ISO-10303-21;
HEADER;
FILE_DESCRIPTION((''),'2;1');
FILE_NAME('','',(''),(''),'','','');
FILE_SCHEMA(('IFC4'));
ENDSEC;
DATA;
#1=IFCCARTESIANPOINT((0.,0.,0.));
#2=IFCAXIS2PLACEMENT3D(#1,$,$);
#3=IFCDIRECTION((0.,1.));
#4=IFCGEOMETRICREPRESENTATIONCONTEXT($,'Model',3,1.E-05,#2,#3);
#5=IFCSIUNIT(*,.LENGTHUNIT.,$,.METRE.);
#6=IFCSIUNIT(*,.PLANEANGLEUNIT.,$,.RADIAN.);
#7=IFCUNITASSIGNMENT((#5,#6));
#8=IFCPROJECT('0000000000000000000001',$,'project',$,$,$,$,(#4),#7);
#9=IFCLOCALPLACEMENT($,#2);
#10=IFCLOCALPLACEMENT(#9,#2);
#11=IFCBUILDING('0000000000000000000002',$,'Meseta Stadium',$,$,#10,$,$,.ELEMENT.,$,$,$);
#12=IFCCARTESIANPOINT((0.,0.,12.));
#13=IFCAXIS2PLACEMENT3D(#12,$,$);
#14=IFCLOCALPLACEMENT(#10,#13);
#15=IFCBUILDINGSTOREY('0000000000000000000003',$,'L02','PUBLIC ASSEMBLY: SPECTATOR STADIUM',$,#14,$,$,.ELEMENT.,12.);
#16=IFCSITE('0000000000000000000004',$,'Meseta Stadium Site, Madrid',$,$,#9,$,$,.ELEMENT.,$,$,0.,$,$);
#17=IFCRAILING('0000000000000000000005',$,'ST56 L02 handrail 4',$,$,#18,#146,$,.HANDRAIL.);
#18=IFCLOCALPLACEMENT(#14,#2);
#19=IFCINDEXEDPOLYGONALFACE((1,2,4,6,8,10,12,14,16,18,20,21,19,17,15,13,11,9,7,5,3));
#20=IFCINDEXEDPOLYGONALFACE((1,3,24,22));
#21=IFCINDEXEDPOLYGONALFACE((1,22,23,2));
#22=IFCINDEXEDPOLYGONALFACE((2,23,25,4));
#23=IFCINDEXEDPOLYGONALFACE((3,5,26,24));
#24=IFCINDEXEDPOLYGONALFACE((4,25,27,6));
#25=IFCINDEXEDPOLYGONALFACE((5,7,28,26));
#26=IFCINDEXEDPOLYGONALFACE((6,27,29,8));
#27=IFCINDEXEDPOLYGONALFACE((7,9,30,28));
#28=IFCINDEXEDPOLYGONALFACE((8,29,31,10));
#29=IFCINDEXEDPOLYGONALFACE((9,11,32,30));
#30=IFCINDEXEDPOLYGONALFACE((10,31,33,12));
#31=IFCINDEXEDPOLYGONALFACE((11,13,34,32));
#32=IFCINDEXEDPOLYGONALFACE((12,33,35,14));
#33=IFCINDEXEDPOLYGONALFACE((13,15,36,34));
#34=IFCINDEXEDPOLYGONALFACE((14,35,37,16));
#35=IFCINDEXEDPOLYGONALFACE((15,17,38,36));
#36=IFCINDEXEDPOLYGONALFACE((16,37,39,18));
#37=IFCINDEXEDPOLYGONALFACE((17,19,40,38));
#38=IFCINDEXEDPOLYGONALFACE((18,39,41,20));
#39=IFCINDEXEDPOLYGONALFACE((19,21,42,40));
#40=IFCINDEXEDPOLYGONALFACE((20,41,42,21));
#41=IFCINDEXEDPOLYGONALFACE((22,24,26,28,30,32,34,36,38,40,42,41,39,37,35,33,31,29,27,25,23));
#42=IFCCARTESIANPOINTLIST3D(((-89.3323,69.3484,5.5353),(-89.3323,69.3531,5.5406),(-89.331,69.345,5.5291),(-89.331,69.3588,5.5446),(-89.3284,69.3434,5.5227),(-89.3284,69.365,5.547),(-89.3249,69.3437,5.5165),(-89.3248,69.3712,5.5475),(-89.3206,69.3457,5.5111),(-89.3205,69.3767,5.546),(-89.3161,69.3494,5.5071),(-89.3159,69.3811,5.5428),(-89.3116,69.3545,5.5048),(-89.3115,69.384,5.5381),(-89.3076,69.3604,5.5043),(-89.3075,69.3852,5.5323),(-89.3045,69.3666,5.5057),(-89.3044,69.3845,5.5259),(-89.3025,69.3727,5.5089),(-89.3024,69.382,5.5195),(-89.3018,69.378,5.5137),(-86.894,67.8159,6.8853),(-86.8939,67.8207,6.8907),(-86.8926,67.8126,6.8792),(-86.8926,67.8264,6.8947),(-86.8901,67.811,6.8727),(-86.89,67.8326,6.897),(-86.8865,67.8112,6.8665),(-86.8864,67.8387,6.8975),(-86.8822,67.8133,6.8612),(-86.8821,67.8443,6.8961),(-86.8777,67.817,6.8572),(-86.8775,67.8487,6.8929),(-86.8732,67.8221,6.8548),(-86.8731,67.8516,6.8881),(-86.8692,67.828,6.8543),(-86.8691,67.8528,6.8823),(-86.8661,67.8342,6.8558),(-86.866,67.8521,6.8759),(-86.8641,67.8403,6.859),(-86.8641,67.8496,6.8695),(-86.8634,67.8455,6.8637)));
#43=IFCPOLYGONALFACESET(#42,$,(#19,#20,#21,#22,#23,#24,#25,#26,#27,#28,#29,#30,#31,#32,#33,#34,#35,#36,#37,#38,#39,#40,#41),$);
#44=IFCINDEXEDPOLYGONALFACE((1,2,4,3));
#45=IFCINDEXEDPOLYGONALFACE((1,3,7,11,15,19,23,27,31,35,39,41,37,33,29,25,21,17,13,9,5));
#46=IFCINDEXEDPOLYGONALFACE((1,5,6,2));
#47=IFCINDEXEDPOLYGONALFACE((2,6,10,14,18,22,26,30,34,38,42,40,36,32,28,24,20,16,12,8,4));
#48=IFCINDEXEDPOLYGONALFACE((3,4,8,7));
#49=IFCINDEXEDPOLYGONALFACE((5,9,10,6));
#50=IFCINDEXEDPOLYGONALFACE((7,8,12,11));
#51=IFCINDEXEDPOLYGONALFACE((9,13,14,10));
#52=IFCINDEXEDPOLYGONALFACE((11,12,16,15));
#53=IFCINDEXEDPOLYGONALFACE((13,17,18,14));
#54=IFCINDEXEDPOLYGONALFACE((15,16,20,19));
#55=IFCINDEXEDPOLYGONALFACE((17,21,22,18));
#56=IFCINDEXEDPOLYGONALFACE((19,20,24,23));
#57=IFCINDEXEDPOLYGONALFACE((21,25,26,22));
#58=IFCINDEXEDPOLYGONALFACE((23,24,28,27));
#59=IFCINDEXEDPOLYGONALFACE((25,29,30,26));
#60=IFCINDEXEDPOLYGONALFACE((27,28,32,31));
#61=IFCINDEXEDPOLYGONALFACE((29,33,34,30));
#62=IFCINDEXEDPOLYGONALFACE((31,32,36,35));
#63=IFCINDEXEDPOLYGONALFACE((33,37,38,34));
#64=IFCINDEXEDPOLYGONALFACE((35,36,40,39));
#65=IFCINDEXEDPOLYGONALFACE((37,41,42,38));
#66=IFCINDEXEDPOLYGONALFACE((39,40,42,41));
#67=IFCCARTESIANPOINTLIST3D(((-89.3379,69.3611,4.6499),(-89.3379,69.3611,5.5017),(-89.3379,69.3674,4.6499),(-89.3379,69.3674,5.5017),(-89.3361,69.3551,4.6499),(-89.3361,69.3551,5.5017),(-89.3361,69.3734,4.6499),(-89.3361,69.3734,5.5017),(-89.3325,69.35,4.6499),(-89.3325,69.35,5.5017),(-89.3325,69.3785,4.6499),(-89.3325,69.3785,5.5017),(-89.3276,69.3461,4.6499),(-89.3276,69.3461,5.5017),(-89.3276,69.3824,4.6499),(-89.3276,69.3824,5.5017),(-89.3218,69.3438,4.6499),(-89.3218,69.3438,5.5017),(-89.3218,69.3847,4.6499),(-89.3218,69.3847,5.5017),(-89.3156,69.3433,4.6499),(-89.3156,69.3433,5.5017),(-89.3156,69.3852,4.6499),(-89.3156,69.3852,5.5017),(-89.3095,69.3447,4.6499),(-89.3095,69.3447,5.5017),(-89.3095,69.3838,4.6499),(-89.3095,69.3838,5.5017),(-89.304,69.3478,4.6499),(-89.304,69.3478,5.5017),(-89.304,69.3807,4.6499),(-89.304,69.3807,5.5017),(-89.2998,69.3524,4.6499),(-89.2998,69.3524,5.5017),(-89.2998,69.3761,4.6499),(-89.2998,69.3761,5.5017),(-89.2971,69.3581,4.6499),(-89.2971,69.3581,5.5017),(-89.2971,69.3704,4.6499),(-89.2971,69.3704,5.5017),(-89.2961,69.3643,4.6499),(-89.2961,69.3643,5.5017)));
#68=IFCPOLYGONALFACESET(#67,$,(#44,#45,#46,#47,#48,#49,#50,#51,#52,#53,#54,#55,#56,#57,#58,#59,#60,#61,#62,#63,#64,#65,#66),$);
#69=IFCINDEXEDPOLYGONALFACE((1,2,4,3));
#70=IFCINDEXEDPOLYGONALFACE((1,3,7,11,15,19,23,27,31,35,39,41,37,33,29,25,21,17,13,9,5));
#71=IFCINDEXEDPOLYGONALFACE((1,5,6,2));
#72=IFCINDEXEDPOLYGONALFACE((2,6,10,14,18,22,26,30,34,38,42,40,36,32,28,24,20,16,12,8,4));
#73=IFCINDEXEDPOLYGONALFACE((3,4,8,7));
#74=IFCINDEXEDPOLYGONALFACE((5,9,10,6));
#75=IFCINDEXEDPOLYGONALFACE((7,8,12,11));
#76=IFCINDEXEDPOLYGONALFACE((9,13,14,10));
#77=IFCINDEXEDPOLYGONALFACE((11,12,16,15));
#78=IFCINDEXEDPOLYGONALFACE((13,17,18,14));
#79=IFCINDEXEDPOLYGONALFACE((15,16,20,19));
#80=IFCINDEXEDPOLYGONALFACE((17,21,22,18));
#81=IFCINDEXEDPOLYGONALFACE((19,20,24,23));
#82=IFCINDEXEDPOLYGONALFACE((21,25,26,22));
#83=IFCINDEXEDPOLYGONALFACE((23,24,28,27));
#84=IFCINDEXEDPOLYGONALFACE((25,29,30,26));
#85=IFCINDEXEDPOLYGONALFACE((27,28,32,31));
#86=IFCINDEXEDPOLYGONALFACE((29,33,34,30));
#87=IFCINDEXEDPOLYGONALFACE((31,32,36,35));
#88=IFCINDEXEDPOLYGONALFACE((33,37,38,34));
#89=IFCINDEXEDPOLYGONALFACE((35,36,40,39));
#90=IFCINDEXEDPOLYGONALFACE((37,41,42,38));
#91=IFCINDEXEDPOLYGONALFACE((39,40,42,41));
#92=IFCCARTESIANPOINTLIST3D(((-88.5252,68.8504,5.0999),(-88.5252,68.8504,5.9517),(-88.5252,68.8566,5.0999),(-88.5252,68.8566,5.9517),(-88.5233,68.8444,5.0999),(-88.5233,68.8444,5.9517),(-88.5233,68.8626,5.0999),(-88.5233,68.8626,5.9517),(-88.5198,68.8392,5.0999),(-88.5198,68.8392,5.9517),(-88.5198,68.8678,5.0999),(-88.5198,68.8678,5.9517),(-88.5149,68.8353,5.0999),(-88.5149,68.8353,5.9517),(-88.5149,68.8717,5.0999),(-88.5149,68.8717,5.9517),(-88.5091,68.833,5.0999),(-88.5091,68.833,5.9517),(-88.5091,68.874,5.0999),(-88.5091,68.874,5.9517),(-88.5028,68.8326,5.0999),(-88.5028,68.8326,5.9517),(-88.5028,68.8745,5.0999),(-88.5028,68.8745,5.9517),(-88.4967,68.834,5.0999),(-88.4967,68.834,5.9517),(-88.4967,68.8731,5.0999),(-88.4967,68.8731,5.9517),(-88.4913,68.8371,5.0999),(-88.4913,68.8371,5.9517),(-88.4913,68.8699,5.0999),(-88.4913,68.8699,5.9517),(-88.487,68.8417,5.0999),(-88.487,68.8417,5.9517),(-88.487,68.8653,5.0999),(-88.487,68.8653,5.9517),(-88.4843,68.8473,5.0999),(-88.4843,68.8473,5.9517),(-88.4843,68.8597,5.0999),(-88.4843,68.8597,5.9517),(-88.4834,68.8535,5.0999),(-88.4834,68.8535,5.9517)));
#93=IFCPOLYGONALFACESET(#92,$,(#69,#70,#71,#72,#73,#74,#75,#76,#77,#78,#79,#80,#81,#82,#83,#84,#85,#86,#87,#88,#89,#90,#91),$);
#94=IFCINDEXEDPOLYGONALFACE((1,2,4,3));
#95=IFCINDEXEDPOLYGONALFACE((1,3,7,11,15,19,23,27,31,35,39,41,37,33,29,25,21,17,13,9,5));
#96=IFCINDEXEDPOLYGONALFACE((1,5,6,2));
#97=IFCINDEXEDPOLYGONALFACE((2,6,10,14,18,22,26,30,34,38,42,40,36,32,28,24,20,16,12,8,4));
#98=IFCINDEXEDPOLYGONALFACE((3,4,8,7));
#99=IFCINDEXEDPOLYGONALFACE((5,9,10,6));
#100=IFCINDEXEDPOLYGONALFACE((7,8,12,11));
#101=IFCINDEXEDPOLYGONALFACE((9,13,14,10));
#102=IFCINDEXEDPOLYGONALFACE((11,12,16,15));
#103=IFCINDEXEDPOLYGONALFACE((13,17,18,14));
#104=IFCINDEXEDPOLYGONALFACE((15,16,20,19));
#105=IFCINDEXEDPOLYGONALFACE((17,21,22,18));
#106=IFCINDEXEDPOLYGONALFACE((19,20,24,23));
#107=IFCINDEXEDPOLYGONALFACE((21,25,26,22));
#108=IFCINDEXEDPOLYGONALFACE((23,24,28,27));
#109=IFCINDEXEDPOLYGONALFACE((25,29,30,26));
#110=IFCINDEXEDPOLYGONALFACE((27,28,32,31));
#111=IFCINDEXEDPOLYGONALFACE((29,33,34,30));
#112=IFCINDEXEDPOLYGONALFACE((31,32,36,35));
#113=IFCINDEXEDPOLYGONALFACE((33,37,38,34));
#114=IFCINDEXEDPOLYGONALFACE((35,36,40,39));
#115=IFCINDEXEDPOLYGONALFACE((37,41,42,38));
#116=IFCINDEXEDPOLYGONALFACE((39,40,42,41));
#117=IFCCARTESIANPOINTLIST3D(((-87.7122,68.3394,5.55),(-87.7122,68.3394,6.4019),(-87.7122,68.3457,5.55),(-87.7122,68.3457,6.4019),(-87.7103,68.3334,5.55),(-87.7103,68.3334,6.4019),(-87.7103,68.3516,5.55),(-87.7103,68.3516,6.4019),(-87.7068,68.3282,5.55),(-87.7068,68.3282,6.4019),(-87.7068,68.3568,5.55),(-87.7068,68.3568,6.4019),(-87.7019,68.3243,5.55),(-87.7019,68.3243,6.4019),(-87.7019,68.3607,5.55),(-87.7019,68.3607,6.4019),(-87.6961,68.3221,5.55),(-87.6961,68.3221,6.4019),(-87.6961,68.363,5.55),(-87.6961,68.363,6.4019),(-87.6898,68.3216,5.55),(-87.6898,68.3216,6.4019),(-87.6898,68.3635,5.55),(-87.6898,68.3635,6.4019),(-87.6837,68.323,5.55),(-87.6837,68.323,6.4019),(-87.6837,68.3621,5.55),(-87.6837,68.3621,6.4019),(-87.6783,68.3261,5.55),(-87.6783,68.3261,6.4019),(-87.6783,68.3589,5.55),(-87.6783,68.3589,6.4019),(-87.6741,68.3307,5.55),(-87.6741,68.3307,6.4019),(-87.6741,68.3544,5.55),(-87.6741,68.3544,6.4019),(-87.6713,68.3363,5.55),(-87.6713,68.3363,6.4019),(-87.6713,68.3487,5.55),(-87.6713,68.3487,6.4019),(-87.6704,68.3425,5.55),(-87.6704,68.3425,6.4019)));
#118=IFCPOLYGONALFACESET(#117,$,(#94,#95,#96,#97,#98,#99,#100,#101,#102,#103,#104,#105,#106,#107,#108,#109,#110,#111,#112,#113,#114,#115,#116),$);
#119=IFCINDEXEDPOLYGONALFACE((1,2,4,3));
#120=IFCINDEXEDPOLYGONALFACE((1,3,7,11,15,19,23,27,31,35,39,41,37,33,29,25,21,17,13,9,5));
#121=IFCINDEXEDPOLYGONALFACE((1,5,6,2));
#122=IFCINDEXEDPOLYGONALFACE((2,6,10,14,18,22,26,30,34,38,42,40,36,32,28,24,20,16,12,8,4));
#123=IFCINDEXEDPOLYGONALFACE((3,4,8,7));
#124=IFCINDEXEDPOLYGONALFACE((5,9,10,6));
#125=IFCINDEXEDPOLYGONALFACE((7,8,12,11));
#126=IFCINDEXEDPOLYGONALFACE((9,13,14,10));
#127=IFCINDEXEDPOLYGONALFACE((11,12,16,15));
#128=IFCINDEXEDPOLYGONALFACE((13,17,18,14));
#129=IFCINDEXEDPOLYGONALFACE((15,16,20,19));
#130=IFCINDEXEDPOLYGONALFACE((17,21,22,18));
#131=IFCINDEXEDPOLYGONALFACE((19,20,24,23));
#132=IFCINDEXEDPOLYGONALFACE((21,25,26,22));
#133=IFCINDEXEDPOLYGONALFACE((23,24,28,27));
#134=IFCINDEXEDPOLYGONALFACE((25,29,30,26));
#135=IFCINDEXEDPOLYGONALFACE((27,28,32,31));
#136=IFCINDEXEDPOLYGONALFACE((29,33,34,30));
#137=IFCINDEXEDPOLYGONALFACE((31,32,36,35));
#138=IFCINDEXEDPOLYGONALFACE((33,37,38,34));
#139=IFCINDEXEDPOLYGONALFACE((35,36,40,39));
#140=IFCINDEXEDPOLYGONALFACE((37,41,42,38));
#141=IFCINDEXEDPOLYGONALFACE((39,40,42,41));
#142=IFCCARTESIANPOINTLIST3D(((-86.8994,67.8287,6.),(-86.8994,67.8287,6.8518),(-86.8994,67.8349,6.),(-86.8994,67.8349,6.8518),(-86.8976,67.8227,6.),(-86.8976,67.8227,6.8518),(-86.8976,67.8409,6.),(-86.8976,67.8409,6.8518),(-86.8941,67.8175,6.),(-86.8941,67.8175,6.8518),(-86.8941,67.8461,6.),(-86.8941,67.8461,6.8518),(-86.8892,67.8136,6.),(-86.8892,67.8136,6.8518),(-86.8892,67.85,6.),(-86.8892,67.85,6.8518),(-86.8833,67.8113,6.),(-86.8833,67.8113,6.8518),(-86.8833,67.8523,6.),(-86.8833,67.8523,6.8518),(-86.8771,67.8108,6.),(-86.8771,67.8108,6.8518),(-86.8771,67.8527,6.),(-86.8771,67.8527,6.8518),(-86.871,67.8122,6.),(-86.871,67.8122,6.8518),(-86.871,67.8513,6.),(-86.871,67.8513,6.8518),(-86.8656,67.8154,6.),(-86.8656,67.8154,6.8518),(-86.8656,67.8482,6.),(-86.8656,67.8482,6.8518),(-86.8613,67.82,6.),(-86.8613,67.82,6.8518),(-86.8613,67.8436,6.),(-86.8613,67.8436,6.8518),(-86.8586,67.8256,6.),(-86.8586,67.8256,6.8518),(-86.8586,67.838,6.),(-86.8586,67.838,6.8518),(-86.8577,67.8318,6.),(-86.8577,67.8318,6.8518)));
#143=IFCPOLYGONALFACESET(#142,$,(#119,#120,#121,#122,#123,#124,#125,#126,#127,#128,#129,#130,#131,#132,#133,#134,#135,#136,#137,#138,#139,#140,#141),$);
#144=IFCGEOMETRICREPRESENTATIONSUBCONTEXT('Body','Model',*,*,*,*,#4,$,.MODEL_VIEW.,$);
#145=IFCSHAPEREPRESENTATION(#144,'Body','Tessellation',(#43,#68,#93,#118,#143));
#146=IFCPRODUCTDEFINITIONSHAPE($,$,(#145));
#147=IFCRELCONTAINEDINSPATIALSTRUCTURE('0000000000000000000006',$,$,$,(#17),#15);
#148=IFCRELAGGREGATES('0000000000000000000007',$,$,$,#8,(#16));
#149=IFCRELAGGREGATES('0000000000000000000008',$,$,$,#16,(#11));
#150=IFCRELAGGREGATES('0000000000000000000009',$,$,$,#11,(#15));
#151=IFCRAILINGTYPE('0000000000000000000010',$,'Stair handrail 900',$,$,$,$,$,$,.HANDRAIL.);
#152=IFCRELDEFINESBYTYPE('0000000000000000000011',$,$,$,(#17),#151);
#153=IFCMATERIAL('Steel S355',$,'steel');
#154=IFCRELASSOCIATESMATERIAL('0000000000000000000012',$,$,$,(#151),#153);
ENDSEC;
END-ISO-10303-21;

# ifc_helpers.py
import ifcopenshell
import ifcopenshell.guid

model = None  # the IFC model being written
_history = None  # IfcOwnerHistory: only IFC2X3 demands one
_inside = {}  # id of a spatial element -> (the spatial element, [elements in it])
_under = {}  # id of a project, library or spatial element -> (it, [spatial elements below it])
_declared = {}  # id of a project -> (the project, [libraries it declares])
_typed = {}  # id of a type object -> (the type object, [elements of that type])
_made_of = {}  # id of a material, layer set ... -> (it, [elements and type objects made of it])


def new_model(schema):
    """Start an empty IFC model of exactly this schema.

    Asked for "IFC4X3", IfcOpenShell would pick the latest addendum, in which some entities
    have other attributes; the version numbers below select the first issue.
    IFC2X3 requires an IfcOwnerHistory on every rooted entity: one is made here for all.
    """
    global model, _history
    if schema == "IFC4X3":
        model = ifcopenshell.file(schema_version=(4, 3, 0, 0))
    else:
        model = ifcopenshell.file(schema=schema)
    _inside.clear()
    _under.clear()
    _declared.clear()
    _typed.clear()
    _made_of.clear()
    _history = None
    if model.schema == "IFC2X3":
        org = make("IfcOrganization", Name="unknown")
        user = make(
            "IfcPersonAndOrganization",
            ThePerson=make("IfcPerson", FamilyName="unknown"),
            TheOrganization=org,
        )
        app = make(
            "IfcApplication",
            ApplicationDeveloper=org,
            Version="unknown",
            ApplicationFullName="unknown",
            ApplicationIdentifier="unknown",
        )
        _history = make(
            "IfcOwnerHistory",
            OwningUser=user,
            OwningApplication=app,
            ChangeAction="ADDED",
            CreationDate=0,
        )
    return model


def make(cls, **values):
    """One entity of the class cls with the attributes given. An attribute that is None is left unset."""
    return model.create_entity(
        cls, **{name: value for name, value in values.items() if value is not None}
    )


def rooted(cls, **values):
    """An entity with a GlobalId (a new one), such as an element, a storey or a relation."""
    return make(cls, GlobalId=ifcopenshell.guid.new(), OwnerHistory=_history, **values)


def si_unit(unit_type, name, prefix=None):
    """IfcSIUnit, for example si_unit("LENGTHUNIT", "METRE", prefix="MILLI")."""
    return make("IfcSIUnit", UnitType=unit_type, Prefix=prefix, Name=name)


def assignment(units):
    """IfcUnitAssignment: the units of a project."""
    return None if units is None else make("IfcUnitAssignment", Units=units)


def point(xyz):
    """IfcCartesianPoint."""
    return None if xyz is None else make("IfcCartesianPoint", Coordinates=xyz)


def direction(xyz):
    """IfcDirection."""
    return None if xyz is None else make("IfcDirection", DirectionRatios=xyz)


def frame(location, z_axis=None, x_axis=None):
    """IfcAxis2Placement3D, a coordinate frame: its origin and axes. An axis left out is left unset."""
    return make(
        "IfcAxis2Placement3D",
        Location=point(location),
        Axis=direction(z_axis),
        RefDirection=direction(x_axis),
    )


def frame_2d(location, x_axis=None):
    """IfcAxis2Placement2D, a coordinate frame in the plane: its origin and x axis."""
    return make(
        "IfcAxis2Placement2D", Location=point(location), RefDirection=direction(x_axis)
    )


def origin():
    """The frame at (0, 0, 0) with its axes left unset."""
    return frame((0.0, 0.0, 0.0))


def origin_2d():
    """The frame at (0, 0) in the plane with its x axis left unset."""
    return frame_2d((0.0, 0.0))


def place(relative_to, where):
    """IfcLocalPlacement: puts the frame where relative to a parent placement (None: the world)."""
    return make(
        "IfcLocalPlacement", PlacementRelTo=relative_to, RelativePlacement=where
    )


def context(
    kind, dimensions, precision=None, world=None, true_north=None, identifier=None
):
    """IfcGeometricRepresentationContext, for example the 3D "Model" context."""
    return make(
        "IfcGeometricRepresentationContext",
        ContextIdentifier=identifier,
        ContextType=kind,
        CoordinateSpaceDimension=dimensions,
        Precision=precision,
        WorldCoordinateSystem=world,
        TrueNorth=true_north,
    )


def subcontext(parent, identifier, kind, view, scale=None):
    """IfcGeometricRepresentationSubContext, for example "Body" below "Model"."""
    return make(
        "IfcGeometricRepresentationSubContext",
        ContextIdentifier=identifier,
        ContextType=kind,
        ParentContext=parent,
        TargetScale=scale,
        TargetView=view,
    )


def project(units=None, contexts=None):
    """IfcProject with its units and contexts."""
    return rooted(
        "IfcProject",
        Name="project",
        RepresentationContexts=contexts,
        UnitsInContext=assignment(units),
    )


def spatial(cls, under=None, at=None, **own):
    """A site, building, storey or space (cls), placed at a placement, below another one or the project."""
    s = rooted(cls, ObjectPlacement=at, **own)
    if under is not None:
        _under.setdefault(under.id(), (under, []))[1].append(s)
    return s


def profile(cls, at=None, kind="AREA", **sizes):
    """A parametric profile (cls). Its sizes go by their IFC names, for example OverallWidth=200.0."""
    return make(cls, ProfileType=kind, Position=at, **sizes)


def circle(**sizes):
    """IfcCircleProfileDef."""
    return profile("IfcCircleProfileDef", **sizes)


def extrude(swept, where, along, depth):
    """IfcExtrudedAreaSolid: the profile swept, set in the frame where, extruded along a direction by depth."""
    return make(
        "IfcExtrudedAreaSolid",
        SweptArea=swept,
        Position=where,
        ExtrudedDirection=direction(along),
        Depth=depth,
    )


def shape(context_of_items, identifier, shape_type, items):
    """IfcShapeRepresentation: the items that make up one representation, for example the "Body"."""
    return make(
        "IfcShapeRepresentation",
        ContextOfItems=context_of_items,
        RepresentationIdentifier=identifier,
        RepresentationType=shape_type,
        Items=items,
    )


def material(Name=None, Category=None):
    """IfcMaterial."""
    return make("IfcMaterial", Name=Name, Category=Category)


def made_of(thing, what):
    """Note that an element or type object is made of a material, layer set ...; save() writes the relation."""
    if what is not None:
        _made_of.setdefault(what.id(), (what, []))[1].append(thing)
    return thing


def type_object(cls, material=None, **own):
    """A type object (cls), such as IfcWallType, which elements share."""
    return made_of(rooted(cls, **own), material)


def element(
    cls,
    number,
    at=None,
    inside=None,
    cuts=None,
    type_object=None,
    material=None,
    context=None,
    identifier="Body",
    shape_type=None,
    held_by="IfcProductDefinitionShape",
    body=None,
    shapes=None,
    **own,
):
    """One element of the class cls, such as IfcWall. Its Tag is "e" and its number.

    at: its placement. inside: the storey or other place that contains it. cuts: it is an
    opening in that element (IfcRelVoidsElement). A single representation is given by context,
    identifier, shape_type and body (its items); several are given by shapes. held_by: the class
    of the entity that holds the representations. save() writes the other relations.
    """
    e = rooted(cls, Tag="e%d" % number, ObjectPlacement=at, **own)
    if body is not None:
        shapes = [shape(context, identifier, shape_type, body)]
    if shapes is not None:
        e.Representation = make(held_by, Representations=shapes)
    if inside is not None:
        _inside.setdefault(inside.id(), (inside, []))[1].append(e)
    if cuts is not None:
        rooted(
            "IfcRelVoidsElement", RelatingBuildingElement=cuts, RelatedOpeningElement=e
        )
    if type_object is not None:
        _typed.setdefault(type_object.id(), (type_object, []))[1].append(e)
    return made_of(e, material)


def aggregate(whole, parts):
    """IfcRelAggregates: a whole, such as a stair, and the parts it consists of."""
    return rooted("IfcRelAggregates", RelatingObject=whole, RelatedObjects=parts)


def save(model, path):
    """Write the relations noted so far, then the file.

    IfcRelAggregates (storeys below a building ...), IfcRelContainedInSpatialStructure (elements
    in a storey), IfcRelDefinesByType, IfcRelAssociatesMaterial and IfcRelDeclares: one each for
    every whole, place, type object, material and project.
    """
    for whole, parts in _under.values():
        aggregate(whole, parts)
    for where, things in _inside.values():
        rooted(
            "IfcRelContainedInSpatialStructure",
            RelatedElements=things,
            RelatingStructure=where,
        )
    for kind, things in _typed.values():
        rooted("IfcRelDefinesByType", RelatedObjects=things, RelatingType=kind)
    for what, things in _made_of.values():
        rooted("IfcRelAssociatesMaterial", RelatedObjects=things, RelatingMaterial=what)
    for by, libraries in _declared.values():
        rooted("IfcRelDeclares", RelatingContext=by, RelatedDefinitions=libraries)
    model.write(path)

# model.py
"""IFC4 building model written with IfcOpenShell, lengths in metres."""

from ifc_helpers import new_model, si_unit, direction, frame, origin, origin_2d, place, context, subcontext, project, spatial, circle, extrude, material, type_object, element, save


model = new_model("IFC4")

# Units and contexts
model_context = context("Model", 3, precision=1e-05, world=origin(), true_north=direction((0.0, 1.0)))
body_context = subcontext(model_context, "Body", "Model", "MODEL_VIEW")
ifc_project = project(units=[si_unit("LENGTHUNIT", "METRE"), si_unit("PLANEANGLEUNIT", "RADIAN")], contexts=[model_context])

# Site, building, storey
site_placement = place(None, origin())
site = spatial("IfcSite", under=ifc_project, at=site_placement, Name="Meseta Stadium Site, Madrid", CompositionType="ELEMENT", RefElevation=0.0)
building_placement = place(site_placement, origin())
building = spatial("IfcBuilding", under=site, at=building_placement, Name="Meseta Stadium", CompositionType="ELEMENT")
storey_placement = place(building_placement, frame((0.0, 0.0, 12.0)))
storey = spatial("IfcBuildingStorey", under=building, at=storey_placement, Name="L02", Description="PUBLIC ASSEMBLY: SPECTATOR STADIUM", CompositionType="ELEMENT", Elevation=12.0)

# Railing
ifc_material_1 = material(Name="Steel S355", Category="steel")
railing_type_1 = type_object("IfcRailingType", Name="Stair handrail 900", PredefinedType="HANDRAIL", material=ifc_material_1)
for number, where, name in (
    (1, (-89.3171, 69.3643, 4.6499), "ST56 L02 handrail 4"),
):
    element("IfcRailing", number, at=place(storey_placement, frame(where)), inside=storey, type_object=railing_type_1, Name=name, PredefinedType="HANDRAIL", context=body_context, shape_type="SweptSolid", body=[
        extrude(circle(Radius=0.0239, at=origin_2d()), frame((0.0, 0.0, 0.876), z_axis=(0.766627, -0.48179, 0.424454), x_axis=(0.5321, 0.846681, 0.0)), (0.0, 0.0, 1.0), 3.1807),
        extrude(circle(Radius=0.021, at=origin_2d()), origin(), (0.0, 0.0, 1.0), 0.8518),
        extrude(circle(Radius=0.021, at=origin_2d()), frame((0.8127, -0.5107, 0.45)), (0.0, 0.0, 1.0), 0.8518),
        extrude(circle(Radius=0.021, at=origin_2d()), frame((1.6257, -1.0217, 0.9001)), (0.0, 0.0, 1.0), 0.8518),
        extrude(circle(Radius=0.021, at=origin_2d()), frame((2.4385, -1.5325, 1.3501)), (0.0, 0.0, 1.0), 0.8518),
    ])

save(model, "model.ifc")
